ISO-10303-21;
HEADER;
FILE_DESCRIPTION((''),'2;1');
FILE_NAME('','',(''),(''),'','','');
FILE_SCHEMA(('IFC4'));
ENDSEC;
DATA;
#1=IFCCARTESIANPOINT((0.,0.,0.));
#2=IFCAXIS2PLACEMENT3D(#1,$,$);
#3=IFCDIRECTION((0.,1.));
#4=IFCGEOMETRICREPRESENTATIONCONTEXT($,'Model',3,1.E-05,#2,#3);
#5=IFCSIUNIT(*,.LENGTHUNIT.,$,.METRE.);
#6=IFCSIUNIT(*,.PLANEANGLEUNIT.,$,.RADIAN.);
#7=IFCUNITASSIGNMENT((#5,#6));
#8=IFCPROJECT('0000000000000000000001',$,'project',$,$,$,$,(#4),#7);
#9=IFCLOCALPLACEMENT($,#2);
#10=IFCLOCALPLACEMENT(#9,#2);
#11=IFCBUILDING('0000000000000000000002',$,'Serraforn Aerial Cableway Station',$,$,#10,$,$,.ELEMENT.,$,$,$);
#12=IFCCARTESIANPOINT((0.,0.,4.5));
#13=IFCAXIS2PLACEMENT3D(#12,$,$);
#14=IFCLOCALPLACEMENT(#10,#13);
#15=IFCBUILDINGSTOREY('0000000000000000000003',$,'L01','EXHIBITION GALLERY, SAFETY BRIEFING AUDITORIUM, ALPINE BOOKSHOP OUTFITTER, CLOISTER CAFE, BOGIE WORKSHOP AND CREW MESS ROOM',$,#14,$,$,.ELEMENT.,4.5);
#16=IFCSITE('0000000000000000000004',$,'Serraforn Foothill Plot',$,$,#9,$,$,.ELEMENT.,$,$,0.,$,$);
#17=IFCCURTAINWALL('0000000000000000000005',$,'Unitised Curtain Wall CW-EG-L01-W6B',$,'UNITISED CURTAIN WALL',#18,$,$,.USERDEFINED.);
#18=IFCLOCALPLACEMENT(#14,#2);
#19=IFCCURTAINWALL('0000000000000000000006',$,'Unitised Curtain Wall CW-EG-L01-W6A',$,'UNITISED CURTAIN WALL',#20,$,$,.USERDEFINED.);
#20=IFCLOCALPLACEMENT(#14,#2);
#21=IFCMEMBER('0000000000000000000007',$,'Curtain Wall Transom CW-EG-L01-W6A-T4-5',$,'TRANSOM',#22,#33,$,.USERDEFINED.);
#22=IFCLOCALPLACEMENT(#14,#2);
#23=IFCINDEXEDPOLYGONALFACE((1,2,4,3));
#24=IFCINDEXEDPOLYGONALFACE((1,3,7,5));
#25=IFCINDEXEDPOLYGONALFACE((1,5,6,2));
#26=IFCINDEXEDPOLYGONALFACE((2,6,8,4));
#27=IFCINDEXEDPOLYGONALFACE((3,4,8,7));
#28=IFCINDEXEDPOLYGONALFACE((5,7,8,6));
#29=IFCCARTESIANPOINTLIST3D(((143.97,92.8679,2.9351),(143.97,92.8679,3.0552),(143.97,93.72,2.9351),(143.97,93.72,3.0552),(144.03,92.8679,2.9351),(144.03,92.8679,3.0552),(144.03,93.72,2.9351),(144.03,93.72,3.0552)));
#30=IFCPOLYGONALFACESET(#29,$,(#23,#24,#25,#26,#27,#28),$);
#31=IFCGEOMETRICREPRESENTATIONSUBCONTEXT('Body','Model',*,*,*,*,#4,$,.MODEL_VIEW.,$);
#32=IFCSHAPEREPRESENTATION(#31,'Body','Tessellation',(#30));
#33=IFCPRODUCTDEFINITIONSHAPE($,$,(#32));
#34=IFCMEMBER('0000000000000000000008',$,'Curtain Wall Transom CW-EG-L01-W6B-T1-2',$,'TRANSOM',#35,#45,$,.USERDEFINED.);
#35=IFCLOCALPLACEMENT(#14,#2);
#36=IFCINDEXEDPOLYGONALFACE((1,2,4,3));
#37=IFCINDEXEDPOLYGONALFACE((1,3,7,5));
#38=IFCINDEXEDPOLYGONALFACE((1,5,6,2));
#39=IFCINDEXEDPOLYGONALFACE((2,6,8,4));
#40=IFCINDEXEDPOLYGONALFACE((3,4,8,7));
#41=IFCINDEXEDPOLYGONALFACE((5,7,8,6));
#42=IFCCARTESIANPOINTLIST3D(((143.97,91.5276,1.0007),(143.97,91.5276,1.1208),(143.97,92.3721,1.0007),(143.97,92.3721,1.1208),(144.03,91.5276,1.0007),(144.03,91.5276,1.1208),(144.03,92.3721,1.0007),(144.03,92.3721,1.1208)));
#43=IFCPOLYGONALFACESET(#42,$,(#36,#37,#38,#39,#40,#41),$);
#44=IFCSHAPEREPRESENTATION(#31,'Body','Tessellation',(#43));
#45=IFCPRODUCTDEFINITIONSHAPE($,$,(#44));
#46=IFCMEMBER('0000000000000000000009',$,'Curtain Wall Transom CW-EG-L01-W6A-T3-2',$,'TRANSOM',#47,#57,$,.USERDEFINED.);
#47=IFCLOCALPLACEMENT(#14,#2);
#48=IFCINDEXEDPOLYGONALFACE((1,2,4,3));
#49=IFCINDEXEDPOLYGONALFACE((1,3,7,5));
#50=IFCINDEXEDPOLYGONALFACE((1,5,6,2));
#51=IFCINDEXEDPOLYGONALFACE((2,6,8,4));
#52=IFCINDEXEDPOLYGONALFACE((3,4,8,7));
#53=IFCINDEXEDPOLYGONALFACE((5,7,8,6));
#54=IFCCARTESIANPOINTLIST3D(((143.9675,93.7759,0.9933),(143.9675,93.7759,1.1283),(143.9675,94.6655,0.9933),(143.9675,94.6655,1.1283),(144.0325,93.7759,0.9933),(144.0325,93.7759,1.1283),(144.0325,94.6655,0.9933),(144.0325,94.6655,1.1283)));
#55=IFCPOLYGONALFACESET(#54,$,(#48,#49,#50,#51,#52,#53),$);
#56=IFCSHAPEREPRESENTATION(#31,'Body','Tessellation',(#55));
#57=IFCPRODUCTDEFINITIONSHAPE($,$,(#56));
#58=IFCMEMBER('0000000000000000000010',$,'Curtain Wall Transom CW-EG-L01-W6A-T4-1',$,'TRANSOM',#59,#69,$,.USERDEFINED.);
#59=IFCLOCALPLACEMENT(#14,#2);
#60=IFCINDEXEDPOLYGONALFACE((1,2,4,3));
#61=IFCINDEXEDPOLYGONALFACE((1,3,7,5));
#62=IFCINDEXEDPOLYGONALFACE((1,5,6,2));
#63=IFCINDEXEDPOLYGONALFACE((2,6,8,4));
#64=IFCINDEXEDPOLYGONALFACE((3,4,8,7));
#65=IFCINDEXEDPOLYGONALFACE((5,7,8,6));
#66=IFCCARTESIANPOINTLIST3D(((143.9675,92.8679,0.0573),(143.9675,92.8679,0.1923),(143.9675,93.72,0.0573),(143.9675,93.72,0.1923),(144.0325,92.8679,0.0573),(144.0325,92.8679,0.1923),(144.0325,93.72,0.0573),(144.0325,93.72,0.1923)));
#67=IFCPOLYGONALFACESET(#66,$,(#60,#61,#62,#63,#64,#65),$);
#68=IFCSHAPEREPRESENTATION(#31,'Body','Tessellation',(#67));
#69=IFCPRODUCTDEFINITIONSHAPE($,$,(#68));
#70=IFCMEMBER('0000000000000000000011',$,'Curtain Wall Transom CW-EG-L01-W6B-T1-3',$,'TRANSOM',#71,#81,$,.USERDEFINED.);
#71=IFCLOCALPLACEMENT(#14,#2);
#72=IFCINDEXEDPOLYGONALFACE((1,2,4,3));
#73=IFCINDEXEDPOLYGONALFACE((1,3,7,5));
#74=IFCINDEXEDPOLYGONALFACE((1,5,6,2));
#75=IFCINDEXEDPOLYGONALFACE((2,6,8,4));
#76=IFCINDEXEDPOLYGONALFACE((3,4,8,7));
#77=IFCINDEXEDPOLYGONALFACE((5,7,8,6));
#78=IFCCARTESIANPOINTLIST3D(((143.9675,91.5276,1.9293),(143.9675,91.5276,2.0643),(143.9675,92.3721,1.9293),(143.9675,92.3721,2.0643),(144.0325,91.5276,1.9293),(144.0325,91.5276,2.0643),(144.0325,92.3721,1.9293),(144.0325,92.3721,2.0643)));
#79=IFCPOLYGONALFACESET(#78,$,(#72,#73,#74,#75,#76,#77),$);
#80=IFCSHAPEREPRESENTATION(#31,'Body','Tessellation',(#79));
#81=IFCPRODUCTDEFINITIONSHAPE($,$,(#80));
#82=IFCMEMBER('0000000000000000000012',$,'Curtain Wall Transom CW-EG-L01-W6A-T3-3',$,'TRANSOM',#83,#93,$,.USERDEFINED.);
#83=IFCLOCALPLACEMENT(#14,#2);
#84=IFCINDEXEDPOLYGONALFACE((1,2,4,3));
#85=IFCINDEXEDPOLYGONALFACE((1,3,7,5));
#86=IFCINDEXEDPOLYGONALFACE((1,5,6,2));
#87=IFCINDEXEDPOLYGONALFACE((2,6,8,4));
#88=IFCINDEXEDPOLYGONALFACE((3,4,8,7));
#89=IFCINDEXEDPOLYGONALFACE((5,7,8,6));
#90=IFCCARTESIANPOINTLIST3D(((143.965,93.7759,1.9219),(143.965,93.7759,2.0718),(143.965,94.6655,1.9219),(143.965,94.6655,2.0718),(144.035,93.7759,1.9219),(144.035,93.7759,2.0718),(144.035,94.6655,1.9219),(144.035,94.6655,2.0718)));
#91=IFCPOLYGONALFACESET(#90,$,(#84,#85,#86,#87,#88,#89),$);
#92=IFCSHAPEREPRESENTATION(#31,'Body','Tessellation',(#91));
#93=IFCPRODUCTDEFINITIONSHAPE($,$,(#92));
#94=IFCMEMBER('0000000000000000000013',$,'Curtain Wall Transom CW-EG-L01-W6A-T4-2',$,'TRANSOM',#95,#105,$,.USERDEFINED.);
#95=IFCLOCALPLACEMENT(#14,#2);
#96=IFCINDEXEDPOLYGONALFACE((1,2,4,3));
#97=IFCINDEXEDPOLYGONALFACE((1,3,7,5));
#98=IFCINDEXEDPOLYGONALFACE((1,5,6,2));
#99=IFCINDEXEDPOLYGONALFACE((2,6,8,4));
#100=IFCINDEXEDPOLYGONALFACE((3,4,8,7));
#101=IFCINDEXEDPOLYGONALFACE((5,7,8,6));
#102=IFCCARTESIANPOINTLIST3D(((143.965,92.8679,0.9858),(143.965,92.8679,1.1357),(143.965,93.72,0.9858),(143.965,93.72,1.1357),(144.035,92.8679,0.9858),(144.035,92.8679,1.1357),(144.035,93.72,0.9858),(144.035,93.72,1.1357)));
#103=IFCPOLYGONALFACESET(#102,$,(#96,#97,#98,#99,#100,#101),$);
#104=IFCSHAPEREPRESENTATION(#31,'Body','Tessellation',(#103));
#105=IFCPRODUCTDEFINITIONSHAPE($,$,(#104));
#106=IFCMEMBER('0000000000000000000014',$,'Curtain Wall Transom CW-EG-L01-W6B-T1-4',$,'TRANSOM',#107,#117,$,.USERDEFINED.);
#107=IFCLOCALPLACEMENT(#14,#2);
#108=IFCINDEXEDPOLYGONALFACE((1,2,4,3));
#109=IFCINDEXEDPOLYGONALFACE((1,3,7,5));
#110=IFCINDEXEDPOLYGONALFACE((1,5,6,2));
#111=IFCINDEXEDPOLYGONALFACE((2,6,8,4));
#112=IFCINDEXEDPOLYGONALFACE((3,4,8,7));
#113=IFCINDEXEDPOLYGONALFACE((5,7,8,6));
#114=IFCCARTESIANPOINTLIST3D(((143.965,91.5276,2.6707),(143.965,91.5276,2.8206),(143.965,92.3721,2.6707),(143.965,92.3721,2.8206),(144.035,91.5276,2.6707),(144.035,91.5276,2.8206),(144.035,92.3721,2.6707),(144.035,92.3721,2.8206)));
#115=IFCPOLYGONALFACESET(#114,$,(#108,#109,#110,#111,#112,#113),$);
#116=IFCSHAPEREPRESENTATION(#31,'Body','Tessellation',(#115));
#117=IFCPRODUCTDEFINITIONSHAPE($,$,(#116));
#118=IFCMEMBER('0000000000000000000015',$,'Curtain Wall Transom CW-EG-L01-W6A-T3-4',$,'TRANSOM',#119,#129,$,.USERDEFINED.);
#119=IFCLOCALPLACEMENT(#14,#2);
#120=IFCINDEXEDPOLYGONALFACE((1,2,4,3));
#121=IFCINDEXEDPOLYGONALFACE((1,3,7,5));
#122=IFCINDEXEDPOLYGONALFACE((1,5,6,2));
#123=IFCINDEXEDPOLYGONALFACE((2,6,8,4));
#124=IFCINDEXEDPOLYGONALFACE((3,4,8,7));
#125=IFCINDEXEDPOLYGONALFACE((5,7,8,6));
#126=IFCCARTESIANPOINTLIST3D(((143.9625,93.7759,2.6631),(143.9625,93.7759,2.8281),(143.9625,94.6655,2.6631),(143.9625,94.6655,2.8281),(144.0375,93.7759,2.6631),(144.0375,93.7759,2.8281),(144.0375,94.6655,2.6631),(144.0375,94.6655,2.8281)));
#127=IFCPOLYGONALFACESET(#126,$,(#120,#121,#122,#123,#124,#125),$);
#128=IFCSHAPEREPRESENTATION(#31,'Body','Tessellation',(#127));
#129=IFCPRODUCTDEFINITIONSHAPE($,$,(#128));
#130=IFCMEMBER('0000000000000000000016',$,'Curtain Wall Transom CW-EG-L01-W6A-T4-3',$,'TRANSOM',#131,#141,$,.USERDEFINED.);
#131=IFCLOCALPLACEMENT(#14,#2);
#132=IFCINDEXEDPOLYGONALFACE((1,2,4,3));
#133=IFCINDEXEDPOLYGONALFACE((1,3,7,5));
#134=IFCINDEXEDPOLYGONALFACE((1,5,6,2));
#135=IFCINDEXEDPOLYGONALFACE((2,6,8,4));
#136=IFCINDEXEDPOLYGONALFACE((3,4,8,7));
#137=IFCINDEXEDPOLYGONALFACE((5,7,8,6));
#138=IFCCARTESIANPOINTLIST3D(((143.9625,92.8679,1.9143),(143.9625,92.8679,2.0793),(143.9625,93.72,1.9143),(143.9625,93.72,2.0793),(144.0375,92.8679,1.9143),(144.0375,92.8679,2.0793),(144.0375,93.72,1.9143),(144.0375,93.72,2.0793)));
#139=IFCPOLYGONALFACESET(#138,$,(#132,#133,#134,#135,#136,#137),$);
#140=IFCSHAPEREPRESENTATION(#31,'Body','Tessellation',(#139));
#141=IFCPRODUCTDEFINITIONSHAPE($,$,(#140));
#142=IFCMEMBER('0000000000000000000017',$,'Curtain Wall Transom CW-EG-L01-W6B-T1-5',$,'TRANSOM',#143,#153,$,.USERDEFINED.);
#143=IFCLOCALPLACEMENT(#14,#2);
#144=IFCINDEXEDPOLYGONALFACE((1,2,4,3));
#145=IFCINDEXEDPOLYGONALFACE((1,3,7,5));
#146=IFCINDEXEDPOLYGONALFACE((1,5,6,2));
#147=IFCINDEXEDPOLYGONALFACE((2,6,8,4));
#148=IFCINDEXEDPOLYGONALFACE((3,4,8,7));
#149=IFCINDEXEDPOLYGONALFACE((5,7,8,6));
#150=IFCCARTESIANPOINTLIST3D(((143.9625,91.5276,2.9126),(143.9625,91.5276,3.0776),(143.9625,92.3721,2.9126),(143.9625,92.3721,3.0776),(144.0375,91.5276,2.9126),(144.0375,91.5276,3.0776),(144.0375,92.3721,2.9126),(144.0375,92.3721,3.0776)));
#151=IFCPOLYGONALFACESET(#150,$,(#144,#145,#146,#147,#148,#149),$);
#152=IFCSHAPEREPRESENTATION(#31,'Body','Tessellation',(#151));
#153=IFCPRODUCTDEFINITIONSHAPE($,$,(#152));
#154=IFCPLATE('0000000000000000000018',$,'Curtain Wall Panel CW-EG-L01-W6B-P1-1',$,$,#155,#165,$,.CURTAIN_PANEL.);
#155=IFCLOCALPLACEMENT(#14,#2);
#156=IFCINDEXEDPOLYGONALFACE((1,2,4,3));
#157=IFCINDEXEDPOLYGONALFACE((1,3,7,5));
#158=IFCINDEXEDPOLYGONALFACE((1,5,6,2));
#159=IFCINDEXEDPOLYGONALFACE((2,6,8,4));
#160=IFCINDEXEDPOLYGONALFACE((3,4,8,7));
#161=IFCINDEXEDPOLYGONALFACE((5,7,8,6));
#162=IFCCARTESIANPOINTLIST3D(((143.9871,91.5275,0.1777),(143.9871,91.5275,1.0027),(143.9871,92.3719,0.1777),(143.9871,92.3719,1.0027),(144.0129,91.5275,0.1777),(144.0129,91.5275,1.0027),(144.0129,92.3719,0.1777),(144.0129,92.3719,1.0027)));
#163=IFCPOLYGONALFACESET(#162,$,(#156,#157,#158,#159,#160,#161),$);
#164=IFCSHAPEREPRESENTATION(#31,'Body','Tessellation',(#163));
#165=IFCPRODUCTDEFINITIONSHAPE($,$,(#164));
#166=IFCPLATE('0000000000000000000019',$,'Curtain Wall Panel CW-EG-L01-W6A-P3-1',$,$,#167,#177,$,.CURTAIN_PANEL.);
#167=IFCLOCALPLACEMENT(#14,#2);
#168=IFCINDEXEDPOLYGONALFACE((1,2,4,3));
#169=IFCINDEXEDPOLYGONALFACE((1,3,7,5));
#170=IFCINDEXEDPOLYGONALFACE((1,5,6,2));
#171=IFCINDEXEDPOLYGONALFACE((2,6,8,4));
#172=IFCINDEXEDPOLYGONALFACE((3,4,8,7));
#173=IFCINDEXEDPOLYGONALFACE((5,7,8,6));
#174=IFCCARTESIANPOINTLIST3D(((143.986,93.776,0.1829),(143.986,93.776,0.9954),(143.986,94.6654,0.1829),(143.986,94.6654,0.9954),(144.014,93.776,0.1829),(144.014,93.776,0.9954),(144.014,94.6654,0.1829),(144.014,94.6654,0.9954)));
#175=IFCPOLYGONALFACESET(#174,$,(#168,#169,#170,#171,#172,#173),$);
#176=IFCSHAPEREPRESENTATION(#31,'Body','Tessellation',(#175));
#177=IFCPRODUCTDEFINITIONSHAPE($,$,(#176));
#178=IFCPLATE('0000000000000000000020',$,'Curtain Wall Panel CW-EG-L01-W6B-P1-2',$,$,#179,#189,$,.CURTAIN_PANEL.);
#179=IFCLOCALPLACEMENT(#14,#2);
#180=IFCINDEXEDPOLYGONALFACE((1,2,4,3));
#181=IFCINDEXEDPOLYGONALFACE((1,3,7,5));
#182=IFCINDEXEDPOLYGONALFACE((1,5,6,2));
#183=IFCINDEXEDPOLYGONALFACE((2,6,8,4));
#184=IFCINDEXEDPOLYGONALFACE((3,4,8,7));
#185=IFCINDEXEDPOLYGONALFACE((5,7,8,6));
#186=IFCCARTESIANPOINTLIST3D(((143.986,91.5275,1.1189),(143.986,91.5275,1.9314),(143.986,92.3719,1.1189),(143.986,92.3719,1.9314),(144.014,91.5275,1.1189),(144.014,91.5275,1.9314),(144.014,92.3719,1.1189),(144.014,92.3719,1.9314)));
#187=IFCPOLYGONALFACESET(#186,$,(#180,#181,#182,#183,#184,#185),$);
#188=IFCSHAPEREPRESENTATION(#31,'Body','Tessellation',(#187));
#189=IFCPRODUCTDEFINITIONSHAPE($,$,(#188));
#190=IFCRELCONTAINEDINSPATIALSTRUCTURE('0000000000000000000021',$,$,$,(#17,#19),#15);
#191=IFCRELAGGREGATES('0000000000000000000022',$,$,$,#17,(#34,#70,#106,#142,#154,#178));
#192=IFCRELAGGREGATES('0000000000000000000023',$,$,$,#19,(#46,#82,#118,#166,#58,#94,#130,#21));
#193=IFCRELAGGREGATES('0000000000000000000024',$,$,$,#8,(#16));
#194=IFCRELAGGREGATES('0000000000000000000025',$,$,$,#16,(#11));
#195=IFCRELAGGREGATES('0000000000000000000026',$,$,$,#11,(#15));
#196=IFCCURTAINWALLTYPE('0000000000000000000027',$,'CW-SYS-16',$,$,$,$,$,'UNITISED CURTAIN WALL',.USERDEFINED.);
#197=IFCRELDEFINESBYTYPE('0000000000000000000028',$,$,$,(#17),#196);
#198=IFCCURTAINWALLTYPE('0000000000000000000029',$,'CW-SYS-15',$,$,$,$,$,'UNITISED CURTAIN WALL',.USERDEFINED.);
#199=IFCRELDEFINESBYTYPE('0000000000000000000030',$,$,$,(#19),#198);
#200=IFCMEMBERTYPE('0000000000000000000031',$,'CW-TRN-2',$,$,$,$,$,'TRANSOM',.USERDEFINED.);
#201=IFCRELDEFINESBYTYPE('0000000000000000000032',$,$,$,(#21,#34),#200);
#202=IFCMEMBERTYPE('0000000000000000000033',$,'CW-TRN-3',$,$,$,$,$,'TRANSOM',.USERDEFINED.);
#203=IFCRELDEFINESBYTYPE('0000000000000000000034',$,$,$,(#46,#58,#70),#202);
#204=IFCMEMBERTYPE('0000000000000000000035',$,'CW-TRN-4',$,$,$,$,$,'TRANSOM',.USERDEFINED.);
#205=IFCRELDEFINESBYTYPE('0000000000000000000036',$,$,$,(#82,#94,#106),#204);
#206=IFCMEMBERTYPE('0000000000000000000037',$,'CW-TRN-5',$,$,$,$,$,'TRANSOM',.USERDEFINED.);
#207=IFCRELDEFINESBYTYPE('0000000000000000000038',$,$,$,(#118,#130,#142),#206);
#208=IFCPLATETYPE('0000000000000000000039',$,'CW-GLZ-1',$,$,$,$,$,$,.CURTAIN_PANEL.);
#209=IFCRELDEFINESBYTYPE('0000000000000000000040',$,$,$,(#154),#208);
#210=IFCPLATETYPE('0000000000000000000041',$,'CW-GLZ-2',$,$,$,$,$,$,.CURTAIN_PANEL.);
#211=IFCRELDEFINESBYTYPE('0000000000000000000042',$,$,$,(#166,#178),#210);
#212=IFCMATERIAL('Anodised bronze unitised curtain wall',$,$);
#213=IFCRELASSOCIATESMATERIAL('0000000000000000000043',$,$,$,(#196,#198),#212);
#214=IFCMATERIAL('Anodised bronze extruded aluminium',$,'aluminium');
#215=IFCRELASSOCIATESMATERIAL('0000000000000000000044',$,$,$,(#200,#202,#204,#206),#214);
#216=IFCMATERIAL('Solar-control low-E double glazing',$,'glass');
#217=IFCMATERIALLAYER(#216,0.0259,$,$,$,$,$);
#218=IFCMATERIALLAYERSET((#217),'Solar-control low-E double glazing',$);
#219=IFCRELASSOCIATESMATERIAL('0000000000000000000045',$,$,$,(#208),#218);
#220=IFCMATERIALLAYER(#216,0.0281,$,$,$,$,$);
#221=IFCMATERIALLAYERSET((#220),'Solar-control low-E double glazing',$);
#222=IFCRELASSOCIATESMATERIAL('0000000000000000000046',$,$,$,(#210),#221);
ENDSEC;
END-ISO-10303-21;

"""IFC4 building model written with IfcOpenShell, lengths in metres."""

from ifc_helpers import new_model, si_unit, direction, frame, origin, origin_2d, place, context, subcontext, project, spatial, rectangle, extrude, material, layer, layer_set, material_profile, profile_set, type_object, element, aggregate, save


model = new_model("IFC4")

# Units and contexts
model_context = context("Model", 3, precision=1e-05, world=origin(), true_north=direction((0.0, 1.0)))
body_context = subcontext(model_context, "Body", "Model", "MODEL_VIEW")
ifc_project = project(units=[si_unit("LENGTHUNIT", "METRE"), si_unit("PLANEANGLEUNIT", "RADIAN")], contexts=[model_context])

# Site, building, storey
site_placement = place(None, origin())
site = spatial("IfcSite", under=ifc_project, at=site_placement, Name="Serraforn Foothill Plot", CompositionType="ELEMENT", RefElevation=0.0)
building_placement = place(site_placement, origin())
building = spatial("IfcBuilding", under=site, at=building_placement, Name="Serraforn Aerial Cableway Station", CompositionType="ELEMENT")
storey_placement = place(building_placement, frame((0.0, 0.0, 4.5)))
storey = spatial("IfcBuildingStorey", under=building, at=storey_placement, Name="L01", Description="EXHIBITION GALLERY, SAFETY BRIEFING AUDITORIUM, ALPINE BOOKSHOP OUTFITTER, CLOISTER CAFE, BOGIE WORKSHOP AND CREW MESS ROOM", CompositionType="ELEMENT", Elevation=4.5)

# Curtain wall
ifc_material_1 = material(Name="Anodised bronze unitised curtain wall")
curtain_wall_type_1 = type_object("IfcCurtainWallType", Name="CW-SYS-16", ElementType="UNITISED CURTAIN WALL", PredefinedType="USERDEFINED", material=ifc_material_1)
curtain_wall_1_placement = place(storey_placement, origin())
curtain_wall_1 = element("IfcCurtainWall", 1, at=curtain_wall_1_placement, inside=storey, type_object=curtain_wall_type_1, Name="Unitised Curtain Wall CW-EG-L01-W6B", ObjectType="UNITISED CURTAIN WALL", PredefinedType="USERDEFINED")
ifc_material_2 = material(Name="Anodised bronze extruded aluminium", Category="aluminium")

# Curtain wall
curtain_wall_type_2 = type_object("IfcCurtainWallType", Name="CW-SYS-15", ElementType="UNITISED CURTAIN WALL", PredefinedType="USERDEFINED", material=ifc_material_1)
curtain_wall_2_placement = place(storey_placement, origin())
curtain_wall_2 = element("IfcCurtainWall", 2, at=curtain_wall_2_placement, inside=storey, type_object=curtain_wall_type_2, Name="Unitised Curtain Wall CW-EG-L01-W6A", ObjectType="UNITISED CURTAIN WALL", PredefinedType="USERDEFINED")

# Members
ifc_material_profile_1 = material_profile(ifc_material_2, rectangle(XDim=0.0601, YDim=0.1201, at=origin_2d()), Name="CW TRANSOM 60x120")
ifc_profile_set_1 = profile_set([ifc_material_profile_1], Name="Anodised bronze extruded aluminium")
member_type_1 = type_object("IfcMemberType", Name="CW-TRN-2", ElementType="TRANSOM", PredefinedType="USERDEFINED", material=ifc_profile_set_1)
member_1_placement = place(storey_placement, frame((144.0, 93.72, 2.9951), z_axis=(0.0, -1.0, 0.0), x_axis=(1.0, 0.0, 0.0)))
member_1 = element("IfcMember", 3, at=member_1_placement, type_object=member_type_1, Name="Curtain Wall Transom CW-EG-L01-W6A-T4-5", ObjectType="TRANSOM", PredefinedType="USERDEFINED", context=body_context, shape_type="SweptSolid", body=[
    extrude(rectangle(XDim=0.0601, YDim=0.1201, at=origin_2d()), origin(), (0.0, 0.0, 1.0), 0.8521),
])
member_2_placement = place(storey_placement, frame((144.0, 92.3721, 1.0608), z_axis=(0.0, -1.0, 0.0), x_axis=(1.0, 0.0, 0.0)))
member_2 = element("IfcMember", 4, at=member_2_placement, type_object=member_type_1, Name="Curtain Wall Transom CW-EG-L01-W6B-T1-2", ObjectType="TRANSOM", PredefinedType="USERDEFINED", context=body_context, shape_type="SweptSolid", body=[
    extrude(rectangle(XDim=0.0601, YDim=0.1201, at=origin_2d()), origin(), (0.0, 0.0, 1.0), 0.8445),
])
ifc_material_profile_2 = material_profile(ifc_material_2, rectangle(XDim=0.0649, YDim=0.135, at=origin_2d()), Name="CW TRANSOM 65x135")
ifc_profile_set_2 = profile_set([ifc_material_profile_2], Name="Anodised bronze extruded aluminium")
member_type_2 = type_object("IfcMemberType", Name="CW-TRN-3", ElementType="TRANSOM", PredefinedType="USERDEFINED", material=ifc_profile_set_2)
member_3_placement = place(storey_placement, frame((144.0, 94.6655, 1.0608), z_axis=(0.0, -1.0, 0.0), x_axis=(1.0, 0.0, 0.0)))
member_3 = element("IfcMember", 5, at=member_3_placement, type_object=member_type_2, Name="Curtain Wall Transom CW-EG-L01-W6A-T3-2", ObjectType="TRANSOM", PredefinedType="USERDEFINED", context=body_context, shape_type="SweptSolid", body=[
    extrude(rectangle(XDim=0.0649, YDim=0.135, at=origin_2d()), origin(), (0.0, 0.0, 1.0), 0.8896),
])
member_4_placement = place(storey_placement, frame((144.0, 93.72, 0.1248), z_axis=(0.0, -1.0, 0.0), x_axis=(1.0, 0.0, 0.0)))
member_4 = element("IfcMember", 6, at=member_4_placement, type_object=member_type_2, Name="Curtain Wall Transom CW-EG-L01-W6A-T4-1", ObjectType="TRANSOM", PredefinedType="USERDEFINED", context=body_context, shape_type="SweptSolid", body=[
    extrude(rectangle(XDim=0.0649, YDim=0.135, at=origin_2d()), origin(), (0.0, 0.0, 1.0), 0.8521),
])
member_5_placement = place(storey_placement, frame((144.0, 92.3721, 1.9968), z_axis=(0.0, -1.0, 0.0), x_axis=(1.0, 0.0, 0.0)))
member_5 = element("IfcMember", 7, at=member_5_placement, type_object=member_type_2, Name="Curtain Wall Transom CW-EG-L01-W6B-T1-3", ObjectType="TRANSOM", PredefinedType="USERDEFINED", context=body_context, shape_type="SweptSolid", body=[
    extrude(rectangle(XDim=0.0649, YDim=0.135, at=origin_2d()), origin(), (0.0, 0.0, 1.0), 0.8445),
])
ifc_material_profile_3 = material_profile(ifc_material_2, rectangle(XDim=0.0701, YDim=0.1499, at=origin_2d()), Name="CW TRANSOM 70x150")
ifc_profile_set_3 = profile_set([ifc_material_profile_3], Name="Anodised bronze extruded aluminium")
member_type_3 = type_object("IfcMemberType", Name="CW-TRN-4", ElementType="TRANSOM", PredefinedType="USERDEFINED", material=ifc_profile_set_3)
member_6_placement = place(storey_placement, frame((144.0, 94.6655, 1.9968), z_axis=(0.0, -1.0, 0.0), x_axis=(1.0, 0.0, 0.0)))
member_6 = element("IfcMember", 8, at=member_6_placement, type_object=member_type_3, Name="Curtain Wall Transom CW-EG-L01-W6A-T3-3", ObjectType="TRANSOM", PredefinedType="USERDEFINED", context=body_context, shape_type="SweptSolid", body=[
    extrude(rectangle(XDim=0.0701, YDim=0.1499, at=origin_2d()), origin(), (0.0, 0.0, 1.0), 0.8896),
])
member_7_placement = place(storey_placement, frame((144.0, 93.72, 1.0608), z_axis=(0.0, -1.0, 0.0), x_axis=(1.0, 0.0, 0.0)))
member_7 = element("IfcMember", 9, at=member_7_placement, type_object=member_type_3, Name="Curtain Wall Transom CW-EG-L01-W6A-T4-2", ObjectType="TRANSOM", PredefinedType="USERDEFINED", context=body_context, shape_type="SweptSolid", body=[
    extrude(rectangle(XDim=0.0701, YDim=0.1499, at=origin_2d()), origin(), (0.0, 0.0, 1.0), 0.8521),
])
member_8_placement = place(storey_placement, frame((144.0, 92.3721, 2.7456), z_axis=(0.0, -1.0, 0.0), x_axis=(1.0, 0.0, 0.0)))
member_8 = element("IfcMember", 10, at=member_8_placement, type_object=member_type_3, Name="Curtain Wall Transom CW-EG-L01-W6B-T1-4", ObjectType="TRANSOM", PredefinedType="USERDEFINED", context=body_context, shape_type="SweptSolid", body=[
    extrude(rectangle(XDim=0.0701, YDim=0.1499, at=origin_2d()), origin(), (0.0, 0.0, 1.0), 0.8445),
])
ifc_material_profile_4 = material_profile(ifc_material_2, rectangle(XDim=0.075, YDim=0.165, at=origin_2d()), Name="CW TRANSOM 75x165")
ifc_profile_set_4 = profile_set([ifc_material_profile_4], Name="Anodised bronze extruded aluminium")
member_type_4 = type_object("IfcMemberType", Name="CW-TRN-5", ElementType="TRANSOM", PredefinedType="USERDEFINED", material=ifc_profile_set_4)
member_9_placement = place(storey_placement, frame((144.0, 94.6655, 2.7456), z_axis=(0.0, -1.0, 0.0), x_axis=(1.0, 0.0, 0.0)))
member_9 = element("IfcMember", 11, at=member_9_placement, type_object=member_type_4, Name="Curtain Wall Transom CW-EG-L01-W6A-T3-4", ObjectType="TRANSOM", PredefinedType="USERDEFINED", context=body_context, shape_type="SweptSolid", body=[
    extrude(rectangle(XDim=0.075, YDim=0.165, at=origin_2d()), origin(), (0.0, 0.0, 1.0), 0.8896),
])
member_10_placement = place(storey_placement, frame((144.0, 93.72, 1.9968), z_axis=(0.0, -1.0, 0.0), x_axis=(1.0, 0.0, 0.0)))
member_10 = element("IfcMember", 12, at=member_10_placement, type_object=member_type_4, Name="Curtain Wall Transom CW-EG-L01-W6A-T4-3", ObjectType="TRANSOM", PredefinedType="USERDEFINED", context=body_context, shape_type="SweptSolid", body=[
    extrude(rectangle(XDim=0.075, YDim=0.165, at=origin_2d()), origin(), (0.0, 0.0, 1.0), 0.8521),
])
member_11_placement = place(storey_placement, frame((144.0, 92.3721, 2.9951), z_axis=(0.0, -1.0, 0.0), x_axis=(1.0, 0.0, 0.0)))
member_11 = element("IfcMember", 13, at=member_11_placement, type_object=member_type_4, Name="Curtain Wall Transom CW-EG-L01-W6B-T1-5", ObjectType="TRANSOM", PredefinedType="USERDEFINED", context=body_context, shape_type="SweptSolid", body=[
    extrude(rectangle(XDim=0.075, YDim=0.165, at=origin_2d()), origin(), (0.0, 0.0, 1.0), 0.8445),
])

# Plates
ifc_material_3 = material(Name="Solar-control low-E double glazing", Category="glass")
ifc_layer_1 = layer(ifc_material_3, 0.0259)
ifc_layer_set_1 = layer_set([ifc_layer_1], Name="Solar-control low-E double glazing")
plate_type_1 = type_object("IfcPlateType", Name="CW-GLZ-1", PredefinedType="CURTAIN_PANEL", material=ifc_layer_set_1)
plate_1_placement = place(storey_placement, frame((144.0, 91.9497, 0.1777), z_axis=(0.0, 0.0, 1.0), x_axis=(1.0, 0.0, 0.0)))
plate_1 = element("IfcPlate", 14, at=plate_1_placement, type_object=plate_type_1, Name="Curtain Wall Panel CW-EG-L01-W6B-P1-1", PredefinedType="CURTAIN_PANEL", context=body_context, shape_type="SweptSolid", body=[
    extrude(rectangle(XDim=0.0259, YDim=0.8445, at=origin_2d()), origin(), (0.0, 0.0, 1.0), 0.825),
])
ifc_layer_2 = layer(ifc_material_3, 0.0281)
ifc_layer_set_2 = layer_set([ifc_layer_2], Name="Solar-control low-E double glazing")
plate_type_2 = type_object("IfcPlateType", Name="CW-GLZ-2", PredefinedType="CURTAIN_PANEL", material=ifc_layer_set_2)
plate_2_placement = place(storey_placement, frame((144.0, 94.2207, 0.1829), z_axis=(0.0, 0.0, 1.0), x_axis=(1.0, 0.0, 0.0)))
plate_2 = element("IfcPlate", 15, at=plate_2_placement, type_object=plate_type_2, Name="Curtain Wall Panel CW-EG-L01-W6A-P3-1", PredefinedType="CURTAIN_PANEL", context=body_context, shape_type="SweptSolid", body=[
    extrude(rectangle(XDim=0.0281, YDim=0.8894, at=origin_2d()), origin(), (0.0, 0.0, 1.0), 0.8125),
])
plate_3_placement = place(storey_placement, frame((144.0, 91.9497, 1.1189), z_axis=(0.0, 0.0, 1.0), x_axis=(1.0, 0.0, 0.0)))
plate_3 = element("IfcPlate", 16, at=plate_3_placement, type_object=plate_type_2, Name="Curtain Wall Panel CW-EG-L01-W6B-P1-2", PredefinedType="CURTAIN_PANEL", context=body_context, shape_type="SweptSolid", body=[
    extrude(rectangle(XDim=0.0281, YDim=0.8445, at=origin_2d()), origin(), (0.0, 0.0, 1.0), 0.8125),
])
aggregate(curtain_wall_1, [member_2, member_5, member_8, member_11, plate_1, plate_3])
aggregate(curtain_wall_2, [member_3, member_6, member_9, plate_2, member_4, member_7, member_10, member_1])

save(model, "model.ifc")
